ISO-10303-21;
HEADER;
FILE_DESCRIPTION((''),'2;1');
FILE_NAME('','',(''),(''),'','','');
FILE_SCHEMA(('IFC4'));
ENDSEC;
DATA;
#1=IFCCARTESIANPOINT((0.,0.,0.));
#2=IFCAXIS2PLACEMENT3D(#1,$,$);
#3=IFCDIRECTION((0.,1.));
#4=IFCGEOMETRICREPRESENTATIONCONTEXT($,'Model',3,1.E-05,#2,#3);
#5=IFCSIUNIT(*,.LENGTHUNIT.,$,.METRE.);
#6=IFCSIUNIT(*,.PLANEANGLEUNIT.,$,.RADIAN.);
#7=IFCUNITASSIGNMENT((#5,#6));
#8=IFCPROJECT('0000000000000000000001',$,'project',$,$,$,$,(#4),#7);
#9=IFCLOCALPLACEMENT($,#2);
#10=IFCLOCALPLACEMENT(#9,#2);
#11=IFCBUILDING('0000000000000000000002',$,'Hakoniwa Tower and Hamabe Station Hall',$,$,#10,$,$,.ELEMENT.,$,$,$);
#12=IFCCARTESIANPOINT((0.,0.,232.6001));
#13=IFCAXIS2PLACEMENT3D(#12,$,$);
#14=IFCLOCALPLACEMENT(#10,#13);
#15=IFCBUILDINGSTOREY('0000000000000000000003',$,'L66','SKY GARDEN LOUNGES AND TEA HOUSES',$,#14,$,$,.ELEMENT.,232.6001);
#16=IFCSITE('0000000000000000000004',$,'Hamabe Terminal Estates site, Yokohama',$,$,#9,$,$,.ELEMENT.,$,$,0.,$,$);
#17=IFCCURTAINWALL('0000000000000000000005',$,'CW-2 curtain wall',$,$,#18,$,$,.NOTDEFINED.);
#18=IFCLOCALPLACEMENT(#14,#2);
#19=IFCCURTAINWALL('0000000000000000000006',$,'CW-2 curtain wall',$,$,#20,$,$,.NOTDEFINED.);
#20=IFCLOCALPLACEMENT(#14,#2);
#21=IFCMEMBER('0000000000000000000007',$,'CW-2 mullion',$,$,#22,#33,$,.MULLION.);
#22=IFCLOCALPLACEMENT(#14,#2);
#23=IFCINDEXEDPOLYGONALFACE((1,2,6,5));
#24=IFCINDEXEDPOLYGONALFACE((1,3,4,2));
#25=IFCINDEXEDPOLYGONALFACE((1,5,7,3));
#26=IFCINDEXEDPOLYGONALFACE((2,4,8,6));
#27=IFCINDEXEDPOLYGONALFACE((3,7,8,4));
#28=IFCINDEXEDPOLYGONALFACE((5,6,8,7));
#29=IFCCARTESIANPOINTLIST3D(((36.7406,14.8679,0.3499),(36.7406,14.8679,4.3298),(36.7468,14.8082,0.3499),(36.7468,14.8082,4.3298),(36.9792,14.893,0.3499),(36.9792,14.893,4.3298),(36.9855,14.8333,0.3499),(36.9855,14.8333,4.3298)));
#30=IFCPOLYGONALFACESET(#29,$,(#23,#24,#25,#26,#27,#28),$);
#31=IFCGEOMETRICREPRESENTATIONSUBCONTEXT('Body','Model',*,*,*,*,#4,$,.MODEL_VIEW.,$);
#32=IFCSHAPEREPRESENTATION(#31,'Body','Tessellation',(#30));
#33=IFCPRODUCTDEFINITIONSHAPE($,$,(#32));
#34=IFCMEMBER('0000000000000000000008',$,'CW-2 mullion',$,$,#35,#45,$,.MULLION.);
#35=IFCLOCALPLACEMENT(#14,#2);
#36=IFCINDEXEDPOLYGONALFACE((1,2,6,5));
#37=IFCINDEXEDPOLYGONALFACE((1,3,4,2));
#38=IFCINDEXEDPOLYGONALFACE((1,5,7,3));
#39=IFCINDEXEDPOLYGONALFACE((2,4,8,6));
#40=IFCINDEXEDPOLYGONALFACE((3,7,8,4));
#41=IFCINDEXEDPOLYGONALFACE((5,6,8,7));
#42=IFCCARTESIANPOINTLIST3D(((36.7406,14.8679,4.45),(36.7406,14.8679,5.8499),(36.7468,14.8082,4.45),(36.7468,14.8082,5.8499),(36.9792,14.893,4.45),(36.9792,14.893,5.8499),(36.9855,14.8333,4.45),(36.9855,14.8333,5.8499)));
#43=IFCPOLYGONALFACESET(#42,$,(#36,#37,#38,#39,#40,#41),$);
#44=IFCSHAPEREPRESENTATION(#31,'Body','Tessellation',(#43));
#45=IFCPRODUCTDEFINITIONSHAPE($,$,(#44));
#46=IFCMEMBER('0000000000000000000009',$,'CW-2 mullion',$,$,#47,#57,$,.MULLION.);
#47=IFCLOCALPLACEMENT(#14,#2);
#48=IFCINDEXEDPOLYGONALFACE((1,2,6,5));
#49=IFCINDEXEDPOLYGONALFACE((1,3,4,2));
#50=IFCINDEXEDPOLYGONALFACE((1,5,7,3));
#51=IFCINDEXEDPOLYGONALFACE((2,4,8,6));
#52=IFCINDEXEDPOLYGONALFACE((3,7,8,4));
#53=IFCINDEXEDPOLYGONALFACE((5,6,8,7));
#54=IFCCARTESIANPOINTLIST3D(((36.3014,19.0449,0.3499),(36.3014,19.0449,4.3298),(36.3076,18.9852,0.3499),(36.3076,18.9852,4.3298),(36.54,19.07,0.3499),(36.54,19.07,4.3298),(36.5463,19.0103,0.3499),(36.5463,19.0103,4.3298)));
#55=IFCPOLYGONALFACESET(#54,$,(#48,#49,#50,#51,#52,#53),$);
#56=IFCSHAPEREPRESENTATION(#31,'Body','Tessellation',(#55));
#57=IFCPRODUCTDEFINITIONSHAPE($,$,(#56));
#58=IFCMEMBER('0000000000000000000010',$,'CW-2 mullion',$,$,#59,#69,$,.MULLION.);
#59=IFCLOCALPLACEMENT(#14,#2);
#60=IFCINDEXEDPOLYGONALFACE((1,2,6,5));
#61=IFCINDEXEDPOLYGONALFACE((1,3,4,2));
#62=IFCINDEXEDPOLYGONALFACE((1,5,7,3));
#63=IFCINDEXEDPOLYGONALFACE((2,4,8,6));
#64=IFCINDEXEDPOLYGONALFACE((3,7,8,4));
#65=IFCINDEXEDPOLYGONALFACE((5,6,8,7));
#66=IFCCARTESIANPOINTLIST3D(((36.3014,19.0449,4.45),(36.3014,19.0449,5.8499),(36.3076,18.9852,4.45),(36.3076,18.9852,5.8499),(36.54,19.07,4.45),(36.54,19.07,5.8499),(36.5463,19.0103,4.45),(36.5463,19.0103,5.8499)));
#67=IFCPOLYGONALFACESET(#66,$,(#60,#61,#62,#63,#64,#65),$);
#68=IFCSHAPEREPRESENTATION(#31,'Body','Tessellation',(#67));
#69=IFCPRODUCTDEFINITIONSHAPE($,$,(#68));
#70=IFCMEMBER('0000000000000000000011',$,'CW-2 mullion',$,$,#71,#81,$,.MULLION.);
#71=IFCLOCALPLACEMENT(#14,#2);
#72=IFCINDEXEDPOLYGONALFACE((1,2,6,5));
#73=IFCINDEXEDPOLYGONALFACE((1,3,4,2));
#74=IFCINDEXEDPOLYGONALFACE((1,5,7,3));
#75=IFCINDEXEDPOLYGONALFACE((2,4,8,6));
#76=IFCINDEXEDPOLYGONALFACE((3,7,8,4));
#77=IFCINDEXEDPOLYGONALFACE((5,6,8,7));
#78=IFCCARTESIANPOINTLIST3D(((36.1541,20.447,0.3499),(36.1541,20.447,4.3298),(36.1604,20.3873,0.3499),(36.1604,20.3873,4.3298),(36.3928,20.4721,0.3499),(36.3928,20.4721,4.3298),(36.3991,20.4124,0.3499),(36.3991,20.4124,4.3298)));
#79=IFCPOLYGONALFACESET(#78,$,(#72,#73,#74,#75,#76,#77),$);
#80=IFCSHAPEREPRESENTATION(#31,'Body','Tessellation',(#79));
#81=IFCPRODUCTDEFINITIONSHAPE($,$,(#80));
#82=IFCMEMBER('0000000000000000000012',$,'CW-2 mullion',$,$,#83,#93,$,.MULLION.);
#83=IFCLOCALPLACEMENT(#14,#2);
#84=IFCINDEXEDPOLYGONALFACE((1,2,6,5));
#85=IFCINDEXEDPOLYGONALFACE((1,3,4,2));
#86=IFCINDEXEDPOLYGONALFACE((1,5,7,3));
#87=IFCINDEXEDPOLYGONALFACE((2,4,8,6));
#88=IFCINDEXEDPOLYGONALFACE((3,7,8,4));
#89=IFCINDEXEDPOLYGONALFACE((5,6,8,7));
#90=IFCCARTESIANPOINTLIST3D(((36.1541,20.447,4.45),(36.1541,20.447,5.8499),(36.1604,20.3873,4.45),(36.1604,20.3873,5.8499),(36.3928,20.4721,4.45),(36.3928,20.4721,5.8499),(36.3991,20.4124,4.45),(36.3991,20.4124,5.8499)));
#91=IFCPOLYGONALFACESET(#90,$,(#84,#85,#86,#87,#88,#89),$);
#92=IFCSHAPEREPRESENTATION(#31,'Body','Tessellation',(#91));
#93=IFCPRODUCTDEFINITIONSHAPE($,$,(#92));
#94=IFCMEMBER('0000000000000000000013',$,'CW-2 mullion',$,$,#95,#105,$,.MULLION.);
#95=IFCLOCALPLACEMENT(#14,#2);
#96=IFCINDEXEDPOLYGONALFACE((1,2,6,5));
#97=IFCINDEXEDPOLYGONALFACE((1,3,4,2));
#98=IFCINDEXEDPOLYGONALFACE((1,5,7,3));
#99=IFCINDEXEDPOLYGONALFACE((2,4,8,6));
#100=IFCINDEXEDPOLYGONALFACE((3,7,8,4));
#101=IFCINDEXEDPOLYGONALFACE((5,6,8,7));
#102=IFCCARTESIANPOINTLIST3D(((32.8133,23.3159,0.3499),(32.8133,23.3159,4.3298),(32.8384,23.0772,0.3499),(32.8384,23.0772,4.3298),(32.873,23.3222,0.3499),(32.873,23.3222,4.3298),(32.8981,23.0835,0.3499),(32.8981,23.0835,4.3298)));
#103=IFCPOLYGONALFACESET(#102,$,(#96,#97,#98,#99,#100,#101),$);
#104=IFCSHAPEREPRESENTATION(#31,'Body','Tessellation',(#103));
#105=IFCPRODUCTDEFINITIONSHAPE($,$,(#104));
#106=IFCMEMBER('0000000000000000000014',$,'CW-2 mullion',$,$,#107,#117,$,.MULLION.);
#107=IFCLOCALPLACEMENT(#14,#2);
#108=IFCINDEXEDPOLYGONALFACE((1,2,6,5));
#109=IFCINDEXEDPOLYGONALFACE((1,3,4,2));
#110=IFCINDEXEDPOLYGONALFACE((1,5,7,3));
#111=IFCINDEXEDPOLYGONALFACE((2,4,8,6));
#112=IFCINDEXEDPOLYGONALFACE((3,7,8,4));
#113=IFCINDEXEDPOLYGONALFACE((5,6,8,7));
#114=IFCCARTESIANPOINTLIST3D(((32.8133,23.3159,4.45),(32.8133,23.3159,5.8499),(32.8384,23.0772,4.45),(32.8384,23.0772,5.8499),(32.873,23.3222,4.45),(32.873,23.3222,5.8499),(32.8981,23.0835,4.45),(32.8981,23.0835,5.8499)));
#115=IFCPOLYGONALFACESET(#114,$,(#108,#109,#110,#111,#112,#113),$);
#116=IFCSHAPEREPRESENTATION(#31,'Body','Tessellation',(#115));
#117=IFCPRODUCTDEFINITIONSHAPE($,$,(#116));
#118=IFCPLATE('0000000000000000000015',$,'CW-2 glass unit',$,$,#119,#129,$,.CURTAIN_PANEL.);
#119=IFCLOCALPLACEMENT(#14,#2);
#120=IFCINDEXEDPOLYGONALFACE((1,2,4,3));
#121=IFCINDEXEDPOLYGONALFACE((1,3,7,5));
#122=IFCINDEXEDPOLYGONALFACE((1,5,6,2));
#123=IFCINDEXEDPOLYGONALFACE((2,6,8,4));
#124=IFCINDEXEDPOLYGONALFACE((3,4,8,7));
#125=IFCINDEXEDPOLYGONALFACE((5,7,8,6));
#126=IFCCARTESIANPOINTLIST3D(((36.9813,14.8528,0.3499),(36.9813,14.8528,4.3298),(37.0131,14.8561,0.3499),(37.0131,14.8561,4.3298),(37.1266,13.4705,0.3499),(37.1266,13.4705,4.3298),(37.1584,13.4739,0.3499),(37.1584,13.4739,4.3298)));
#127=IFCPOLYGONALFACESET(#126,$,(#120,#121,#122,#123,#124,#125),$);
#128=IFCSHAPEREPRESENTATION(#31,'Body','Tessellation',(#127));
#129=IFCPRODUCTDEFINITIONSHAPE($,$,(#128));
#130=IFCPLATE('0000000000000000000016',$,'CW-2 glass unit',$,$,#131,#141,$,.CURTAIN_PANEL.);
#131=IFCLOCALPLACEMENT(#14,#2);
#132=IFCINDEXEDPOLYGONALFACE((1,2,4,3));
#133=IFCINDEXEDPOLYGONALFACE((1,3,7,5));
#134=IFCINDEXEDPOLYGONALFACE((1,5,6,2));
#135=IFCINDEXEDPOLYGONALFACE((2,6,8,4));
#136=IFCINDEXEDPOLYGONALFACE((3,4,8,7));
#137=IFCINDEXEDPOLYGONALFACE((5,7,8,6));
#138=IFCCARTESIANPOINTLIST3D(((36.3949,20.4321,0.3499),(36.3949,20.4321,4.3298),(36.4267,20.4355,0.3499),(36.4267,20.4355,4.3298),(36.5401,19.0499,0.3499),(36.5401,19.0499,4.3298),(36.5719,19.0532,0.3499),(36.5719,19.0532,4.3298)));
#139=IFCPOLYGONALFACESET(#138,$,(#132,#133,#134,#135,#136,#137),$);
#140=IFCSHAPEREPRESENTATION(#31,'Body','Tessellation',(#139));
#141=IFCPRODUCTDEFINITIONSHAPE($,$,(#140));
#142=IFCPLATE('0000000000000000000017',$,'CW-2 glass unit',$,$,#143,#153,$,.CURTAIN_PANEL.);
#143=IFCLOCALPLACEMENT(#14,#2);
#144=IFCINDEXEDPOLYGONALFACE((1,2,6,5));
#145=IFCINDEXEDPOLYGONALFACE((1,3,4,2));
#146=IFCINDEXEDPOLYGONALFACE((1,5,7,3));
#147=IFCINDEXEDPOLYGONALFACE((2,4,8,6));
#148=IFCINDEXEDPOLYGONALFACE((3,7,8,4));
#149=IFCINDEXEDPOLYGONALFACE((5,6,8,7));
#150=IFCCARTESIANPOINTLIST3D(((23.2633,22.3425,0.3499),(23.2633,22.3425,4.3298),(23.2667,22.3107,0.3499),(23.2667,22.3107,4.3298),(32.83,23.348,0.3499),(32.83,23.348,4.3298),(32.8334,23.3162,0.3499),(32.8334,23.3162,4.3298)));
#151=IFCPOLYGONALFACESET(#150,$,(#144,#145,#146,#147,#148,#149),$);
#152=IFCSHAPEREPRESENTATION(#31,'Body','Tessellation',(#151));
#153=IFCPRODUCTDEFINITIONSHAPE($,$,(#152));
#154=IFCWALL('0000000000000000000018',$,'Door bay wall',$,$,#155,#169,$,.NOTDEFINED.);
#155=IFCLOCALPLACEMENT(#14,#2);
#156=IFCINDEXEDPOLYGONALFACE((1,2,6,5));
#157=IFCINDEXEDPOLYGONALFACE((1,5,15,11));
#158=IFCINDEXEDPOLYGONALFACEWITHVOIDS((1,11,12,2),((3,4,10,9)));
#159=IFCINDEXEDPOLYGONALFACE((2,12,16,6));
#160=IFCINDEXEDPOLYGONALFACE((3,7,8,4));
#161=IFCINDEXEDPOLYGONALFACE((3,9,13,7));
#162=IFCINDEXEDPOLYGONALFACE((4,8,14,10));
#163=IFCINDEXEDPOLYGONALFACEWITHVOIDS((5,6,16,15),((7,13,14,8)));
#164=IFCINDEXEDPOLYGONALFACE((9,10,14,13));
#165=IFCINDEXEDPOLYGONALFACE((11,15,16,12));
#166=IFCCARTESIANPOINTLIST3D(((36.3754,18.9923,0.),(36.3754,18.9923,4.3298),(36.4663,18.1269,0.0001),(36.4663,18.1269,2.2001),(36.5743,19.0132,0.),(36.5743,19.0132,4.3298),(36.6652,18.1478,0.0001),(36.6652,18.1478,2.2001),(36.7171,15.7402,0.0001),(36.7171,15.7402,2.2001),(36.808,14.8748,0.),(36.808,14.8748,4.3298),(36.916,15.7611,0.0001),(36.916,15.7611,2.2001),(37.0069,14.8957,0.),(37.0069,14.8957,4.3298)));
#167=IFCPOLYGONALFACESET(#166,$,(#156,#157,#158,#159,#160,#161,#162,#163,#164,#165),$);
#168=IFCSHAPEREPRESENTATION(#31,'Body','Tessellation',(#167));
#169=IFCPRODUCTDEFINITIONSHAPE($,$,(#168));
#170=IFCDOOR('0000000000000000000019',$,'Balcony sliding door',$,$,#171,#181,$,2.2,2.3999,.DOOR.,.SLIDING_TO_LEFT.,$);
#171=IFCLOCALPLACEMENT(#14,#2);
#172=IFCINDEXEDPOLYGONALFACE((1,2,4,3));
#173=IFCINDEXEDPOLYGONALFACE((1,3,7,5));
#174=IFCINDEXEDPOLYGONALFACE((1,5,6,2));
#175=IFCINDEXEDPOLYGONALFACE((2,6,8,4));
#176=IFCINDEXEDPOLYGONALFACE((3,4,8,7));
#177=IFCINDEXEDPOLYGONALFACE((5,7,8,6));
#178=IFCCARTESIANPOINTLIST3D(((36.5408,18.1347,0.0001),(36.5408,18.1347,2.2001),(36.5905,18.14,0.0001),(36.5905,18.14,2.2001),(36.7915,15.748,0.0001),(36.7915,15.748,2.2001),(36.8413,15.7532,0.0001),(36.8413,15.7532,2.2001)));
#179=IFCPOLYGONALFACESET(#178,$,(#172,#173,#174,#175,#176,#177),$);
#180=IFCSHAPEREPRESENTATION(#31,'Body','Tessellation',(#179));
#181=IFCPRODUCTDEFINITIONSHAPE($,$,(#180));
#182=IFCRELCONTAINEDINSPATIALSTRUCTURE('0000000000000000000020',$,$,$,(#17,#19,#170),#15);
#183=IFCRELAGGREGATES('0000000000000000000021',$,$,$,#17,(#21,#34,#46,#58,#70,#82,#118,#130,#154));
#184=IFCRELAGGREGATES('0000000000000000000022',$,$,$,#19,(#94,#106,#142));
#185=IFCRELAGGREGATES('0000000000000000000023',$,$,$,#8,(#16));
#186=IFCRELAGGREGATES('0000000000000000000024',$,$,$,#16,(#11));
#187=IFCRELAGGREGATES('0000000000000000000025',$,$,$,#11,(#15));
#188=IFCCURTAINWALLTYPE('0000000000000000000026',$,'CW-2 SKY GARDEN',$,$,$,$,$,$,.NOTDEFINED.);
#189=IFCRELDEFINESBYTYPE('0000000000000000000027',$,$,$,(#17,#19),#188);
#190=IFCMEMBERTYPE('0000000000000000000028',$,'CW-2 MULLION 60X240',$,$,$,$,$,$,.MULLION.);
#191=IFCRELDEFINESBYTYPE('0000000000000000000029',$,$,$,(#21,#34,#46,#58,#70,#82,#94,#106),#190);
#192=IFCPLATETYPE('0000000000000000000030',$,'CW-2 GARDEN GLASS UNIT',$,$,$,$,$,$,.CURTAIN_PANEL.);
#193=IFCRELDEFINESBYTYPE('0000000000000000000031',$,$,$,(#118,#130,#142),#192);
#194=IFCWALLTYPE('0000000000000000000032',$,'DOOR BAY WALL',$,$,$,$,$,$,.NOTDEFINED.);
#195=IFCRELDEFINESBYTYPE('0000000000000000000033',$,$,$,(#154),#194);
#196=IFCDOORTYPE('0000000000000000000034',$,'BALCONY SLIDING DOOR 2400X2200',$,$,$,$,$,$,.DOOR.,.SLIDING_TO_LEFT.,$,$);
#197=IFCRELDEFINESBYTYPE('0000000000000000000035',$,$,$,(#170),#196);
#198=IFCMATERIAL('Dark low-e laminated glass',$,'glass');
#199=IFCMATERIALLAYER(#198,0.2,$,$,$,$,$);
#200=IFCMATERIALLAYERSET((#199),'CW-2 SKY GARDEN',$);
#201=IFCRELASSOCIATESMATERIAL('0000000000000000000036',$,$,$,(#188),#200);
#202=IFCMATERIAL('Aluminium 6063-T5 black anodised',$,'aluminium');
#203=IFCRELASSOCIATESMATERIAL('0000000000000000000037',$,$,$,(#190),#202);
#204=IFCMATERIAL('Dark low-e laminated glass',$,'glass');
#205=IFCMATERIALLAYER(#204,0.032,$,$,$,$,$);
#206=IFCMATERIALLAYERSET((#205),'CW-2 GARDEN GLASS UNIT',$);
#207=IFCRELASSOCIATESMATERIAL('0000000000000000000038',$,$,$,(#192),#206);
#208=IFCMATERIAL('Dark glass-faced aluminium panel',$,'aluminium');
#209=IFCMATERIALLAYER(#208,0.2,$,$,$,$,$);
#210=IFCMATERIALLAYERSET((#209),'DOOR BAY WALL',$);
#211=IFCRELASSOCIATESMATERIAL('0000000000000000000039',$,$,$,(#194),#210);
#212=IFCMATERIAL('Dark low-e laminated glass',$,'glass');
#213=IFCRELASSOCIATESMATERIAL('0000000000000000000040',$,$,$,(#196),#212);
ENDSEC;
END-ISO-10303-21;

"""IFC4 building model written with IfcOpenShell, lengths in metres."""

from ifc_helpers import new_model, si_unit, direction, frame, frame_2d, origin, origin_2d, place, context, subcontext, project, spatial, rectangle, extrude, material, layer, layer_set, material_profile, profile_set, type_object, element, fill, aggregate, save


model = new_model("IFC4")

# Units and contexts
model_context = context("Model", 3, precision=1e-05, world=origin(), true_north=direction((0.0, 1.0)))
body_context = subcontext(model_context, "Body", "Model", "MODEL_VIEW")
ifc_project = project(units=[si_unit("LENGTHUNIT", "METRE"), si_unit("PLANEANGLEUNIT", "RADIAN")], contexts=[model_context])

# Site, building, storey
site_placement = place(None, origin())
site = spatial("IfcSite", under=ifc_project, at=site_placement, Name="Hamabe Terminal Estates site, Yokohama", CompositionType="ELEMENT", RefElevation=0.0)
building_placement = place(site_placement, origin())
building = spatial("IfcBuilding", under=site, at=building_placement, Name="Hakoniwa Tower and Hamabe Station Hall", CompositionType="ELEMENT")
storey_placement = place(building_placement, frame((0.0, 0.0, 232.6001)))
storey = spatial("IfcBuildingStorey", under=building, at=storey_placement, Name="L66", Description="SKY GARDEN LOUNGES AND TEA HOUSES", CompositionType="ELEMENT", Elevation=232.6001)

# Curtain walls
ifc_material_1 = material(Name="Dark low-e laminated glass", Category="glass")
ifc_layer_1 = layer(ifc_material_1, 0.2)
ifc_layer_set_1 = layer_set([ifc_layer_1], Name="CW-2 SKY GARDEN")
curtain_wall_type = type_object("IfcCurtainWallType", Name="CW-2 SKY GARDEN", PredefinedType="NOTDEFINED", material=ifc_layer_set_1)
curtain_wall_1_placement = place(storey_placement, origin())
curtain_wall_1 = element("IfcCurtainWall", 1, at=curtain_wall_1_placement, inside=storey, type_object=curtain_wall_type, Name="CW-2 curtain wall", PredefinedType="NOTDEFINED")
curtain_wall_2_placement = place(storey_placement, origin())
curtain_wall_2 = element("IfcCurtainWall", 2, at=curtain_wall_2_placement, inside=storey, type_object=curtain_wall_type, Name="CW-2 curtain wall", PredefinedType="NOTDEFINED")

# Members
ifc_material_2 = material(Name="Aluminium 6063-T5 black anodised", Category="aluminium")
ifc_material_profile_1 = material_profile(ifc_material_2, rectangle(XDim=0.0601, YDim=0.24, at=origin_2d()), Name="CW-2 MULLION 60X240")
ifc_profile_set_1 = profile_set([ifc_material_profile_1], Name="Aluminium 6063-T5 black anodised")
member_type_1 = type_object("IfcMemberType", Name="CW-2 MULLION 60X240", PredefinedType="MULLION", material=ifc_profile_set_1)
member_1_placement = place(storey_placement, frame((36.863, 14.8506, 0.3499), z_axis=(0.0, 0.0, 1.0), x_axis=(-0.104528, 0.994522, 0.0)))
member_1 = element("IfcMember", 3, at=member_1_placement, type_object=member_type_1, Name="CW-2 mullion", PredefinedType="MULLION", context=body_context, shape_type="SweptSolid", body=[
    extrude(rectangle(XDim=0.0601, YDim=0.24, at=origin_2d()), origin(), (0.0, 0.0, 1.0), 3.98),
])
member_2_placement = place(storey_placement, frame((36.863, 14.8506, 4.45), z_axis=(0.0, 0.0, 1.0), x_axis=(-0.104528, 0.994522, 0.0)))
member_2 = element("IfcMember", 4, at=member_2_placement, type_object=member_type_1, Name="CW-2 mullion", PredefinedType="MULLION", context=body_context, shape_type="SweptSolid", body=[
    extrude(rectangle(XDim=0.0601, YDim=0.24, at=origin_2d()), origin(), (0.0, 0.0, 1.0), 1.3999),
])
member_3_placement = place(storey_placement, frame((36.4238, 19.0276, 0.3499), z_axis=(0.0, 0.0, 1.0), x_axis=(-0.104528, 0.994522, 0.0)))
member_3 = element("IfcMember", 5, at=member_3_placement, type_object=member_type_1, Name="CW-2 mullion", PredefinedType="MULLION", context=body_context, shape_type="SweptSolid", body=[
    extrude(rectangle(XDim=0.0601, YDim=0.24, at=origin_2d()), origin(), (0.0, 0.0, 1.0), 3.98),
])
member_4_placement = place(storey_placement, frame((36.4238, 19.0276, 4.45), z_axis=(0.0, 0.0, 1.0), x_axis=(-0.104528, 0.994522, 0.0)))
member_4 = element("IfcMember", 6, at=member_4_placement, type_object=member_type_1, Name="CW-2 mullion", PredefinedType="MULLION", context=body_context, shape_type="SweptSolid", body=[
    extrude(rectangle(XDim=0.0601, YDim=0.24, at=origin_2d()), origin(), (0.0, 0.0, 1.0), 1.3999),
])
member_5_placement = place(storey_placement, frame((36.2766, 20.4297, 0.3499), z_axis=(0.0, 0.0, 1.0), x_axis=(-0.104528, 0.994522, 0.0)))
member_5 = element("IfcMember", 7, at=member_5_placement, type_object=member_type_1, Name="CW-2 mullion", PredefinedType="MULLION", context=body_context, shape_type="SweptSolid", body=[
    extrude(rectangle(XDim=0.0601, YDim=0.24, at=origin_2d()), origin(), (0.0, 0.0, 1.0), 3.98),
])
member_6_placement = place(storey_placement, frame((36.2766, 20.4297, 4.45), z_axis=(0.0, 0.0, 1.0), x_axis=(-0.104528, 0.994522, 0.0)))
member_6 = element("IfcMember", 8, at=member_6_placement, type_object=member_type_1, Name="CW-2 mullion", PredefinedType="MULLION", context=body_context, shape_type="SweptSolid", body=[
    extrude(rectangle(XDim=0.0601, YDim=0.24, at=origin_2d()), origin(), (0.0, 0.0, 1.0), 1.3999),
])
member_7_placement = place(storey_placement, frame((32.8557, 23.1997, 0.3499), z_axis=(0.0, 0.0, 1.0), x_axis=(-0.994522, -0.104528, 0.0)))
member_7 = element("IfcMember", 9, at=member_7_placement, type_object=member_type_1, Name="CW-2 mullion", PredefinedType="MULLION", context=body_context, shape_type="SweptSolid", body=[
    extrude(rectangle(XDim=0.0601, YDim=0.24, at=origin_2d()), origin(), (0.0, 0.0, 1.0), 3.98),
])
member_8_placement = place(storey_placement, frame((32.8557, 23.1997, 4.45), z_axis=(0.0, 0.0, 1.0), x_axis=(-0.994522, -0.104528, 0.0)))
member_8 = element("IfcMember", 10, at=member_8_placement, type_object=member_type_1, Name="CW-2 mullion", PredefinedType="MULLION", context=body_context, shape_type="SweptSolid", body=[
    extrude(rectangle(XDim=0.0601, YDim=0.24, at=origin_2d()), origin(), (0.0, 0.0, 1.0), 1.3999),
])

# Plates
ifc_material_3 = material(Name="Dark low-e laminated glass", Category="glass")
ifc_layer_2 = layer(ifc_material_3, 0.032)
ifc_layer_set_2 = layer_set([ifc_layer_2], Name="CW-2 GARDEN GLASS UNIT")
plate_type = type_object("IfcPlateType", Name="CW-2 GARDEN GLASS UNIT", PredefinedType="CURTAIN_PANEL", material=ifc_layer_set_2)
plate_1_placement = place(storey_placement, frame((37.0698, 14.1633, 0.3499), z_axis=(0.0, 0.0, 1.0), x_axis=(-0.104528, 0.994522, 0.0)))
plate_1 = element("IfcPlate", 11, at=plate_1_placement, type_object=plate_type, Name="CW-2 glass unit", PredefinedType="CURTAIN_PANEL", context=body_context, shape_type="SweptSolid", body=[
    extrude(rectangle(XDim=1.3899, YDim=0.032, at=origin_2d()), origin(), (0.0, 0.0, 1.0), 3.98),
])
plate_2_placement = place(storey_placement, frame((36.4834, 19.7427, 0.3499), z_axis=(0.0, 0.0, 1.0), x_axis=(-0.104528, 0.994522, 0.0)))
plate_2 = element("IfcPlate", 12, at=plate_2_placement, type_object=plate_type, Name="CW-2 glass unit", PredefinedType="CURTAIN_PANEL", context=body_context, shape_type="SweptSolid", body=[
    extrude(rectangle(XDim=1.3899, YDim=0.032, at=origin_2d()), origin(), (0.0, 0.0, 1.0), 3.98),
])
plate_3_placement = place(storey_placement, frame((28.0483, 22.8293, 0.3499), z_axis=(0.0, 0.0, 1.0), x_axis=(-0.994522, -0.104528, 0.0)))
plate_3 = element("IfcPlate", 13, at=plate_3_placement, type_object=plate_type, Name="CW-2 glass unit", PredefinedType="CURTAIN_PANEL", context=body_context, shape_type="SweptSolid", body=[
    extrude(rectangle(XDim=9.6194, YDim=0.032, at=origin_2d()), origin(), (0.0, 0.0, 1.0), 3.98),
])

# Wall, opening, door
ifc_material_4 = material(Name="Dark glass-faced aluminium panel", Category="aluminium")
ifc_layer_3 = layer(ifc_material_4, 0.2)
ifc_layer_set_3 = layer_set([ifc_layer_3], Name="DOOR BAY WALL")
wall_type_1 = type_object("IfcWallType", Name="DOOR BAY WALL", PredefinedType="NOTDEFINED", material=ifc_layer_set_3)
wall_1_placement = place(storey_placement, frame((36.9075, 14.8853, 0.0), z_axis=(0.0, 0.0, 1.0), x_axis=(-0.104494, 0.994525, 0.0)))
wall_1 = element("IfcWall", 14, at=wall_1_placement, type_object=wall_type_1, Name="Door bay wall", PredefinedType="NOTDEFINED", context=body_context, shape_type="SweptSolid", body=[
    extrude(rectangle(XDim=4.1401, YDim=0.2, at=frame_2d((2.0701, 0.0))), origin(), (0.0, 0.0, 1.0), 4.3298),
])
opening_1_placement = place(wall_1_placement, frame((0.8701, 0.0, 0.0)))
opening_1 = element("IfcOpeningElement", 15, at=opening_1_placement, cuts=wall_1, PredefinedType="OPENING", context=body_context, shape_type="SweptSolid", body=[
    extrude(rectangle(XDim=2.3999, YDim=2.2, at=frame_2d((1.2, 1.1001))), frame((0.0, 0.1099, 0.0), z_axis=(0.0, -1.0, 0.0), x_axis=(1.0, 0.0, 0.0)), (0.0, 0.0, 1.0), 0.22),
])
ifc_material_5 = material(Name="Dark low-e laminated glass", Category="glass")
door_type = type_object("IfcDoorType", Name="BALCONY SLIDING DOOR 2400X2200", OperationType="SLIDING_TO_LEFT", PredefinedType="DOOR", material=ifc_material_5)
door_placement = place(opening_1_placement, frame((2.3999, 0.0, 0.0), z_axis=(0.0, 0.0, 1.0), x_axis=(-1.0, 0.0, 0.0)))
door = element("IfcDoor", 16, at=door_placement, inside=storey, type_object=door_type, Name="Balcony sliding door", OperationType="SLIDING_TO_LEFT", OverallHeight=2.2, OverallWidth=2.3999, PredefinedType="DOOR", context=body_context, shape_type="SweptSolid", body=[
    extrude(rectangle(XDim=2.3999, YDim=2.2, at=frame_2d((1.2, 1.1001))), frame((0.0, 0.0249, 0.0), z_axis=(0.0, -1.0, 0.0), x_axis=(1.0, 0.0, 0.0)), (0.0, 0.0, 1.0), 0.05),
])
fill(opening_1, door)
aggregate(curtain_wall_1, [member_1, member_2, member_3, member_4, member_5, member_6, plate_1, plate_2, wall_1])

aggregate(curtain_wall_2, [member_7, member_8, plate_3])

save(model, "model.ifc")
